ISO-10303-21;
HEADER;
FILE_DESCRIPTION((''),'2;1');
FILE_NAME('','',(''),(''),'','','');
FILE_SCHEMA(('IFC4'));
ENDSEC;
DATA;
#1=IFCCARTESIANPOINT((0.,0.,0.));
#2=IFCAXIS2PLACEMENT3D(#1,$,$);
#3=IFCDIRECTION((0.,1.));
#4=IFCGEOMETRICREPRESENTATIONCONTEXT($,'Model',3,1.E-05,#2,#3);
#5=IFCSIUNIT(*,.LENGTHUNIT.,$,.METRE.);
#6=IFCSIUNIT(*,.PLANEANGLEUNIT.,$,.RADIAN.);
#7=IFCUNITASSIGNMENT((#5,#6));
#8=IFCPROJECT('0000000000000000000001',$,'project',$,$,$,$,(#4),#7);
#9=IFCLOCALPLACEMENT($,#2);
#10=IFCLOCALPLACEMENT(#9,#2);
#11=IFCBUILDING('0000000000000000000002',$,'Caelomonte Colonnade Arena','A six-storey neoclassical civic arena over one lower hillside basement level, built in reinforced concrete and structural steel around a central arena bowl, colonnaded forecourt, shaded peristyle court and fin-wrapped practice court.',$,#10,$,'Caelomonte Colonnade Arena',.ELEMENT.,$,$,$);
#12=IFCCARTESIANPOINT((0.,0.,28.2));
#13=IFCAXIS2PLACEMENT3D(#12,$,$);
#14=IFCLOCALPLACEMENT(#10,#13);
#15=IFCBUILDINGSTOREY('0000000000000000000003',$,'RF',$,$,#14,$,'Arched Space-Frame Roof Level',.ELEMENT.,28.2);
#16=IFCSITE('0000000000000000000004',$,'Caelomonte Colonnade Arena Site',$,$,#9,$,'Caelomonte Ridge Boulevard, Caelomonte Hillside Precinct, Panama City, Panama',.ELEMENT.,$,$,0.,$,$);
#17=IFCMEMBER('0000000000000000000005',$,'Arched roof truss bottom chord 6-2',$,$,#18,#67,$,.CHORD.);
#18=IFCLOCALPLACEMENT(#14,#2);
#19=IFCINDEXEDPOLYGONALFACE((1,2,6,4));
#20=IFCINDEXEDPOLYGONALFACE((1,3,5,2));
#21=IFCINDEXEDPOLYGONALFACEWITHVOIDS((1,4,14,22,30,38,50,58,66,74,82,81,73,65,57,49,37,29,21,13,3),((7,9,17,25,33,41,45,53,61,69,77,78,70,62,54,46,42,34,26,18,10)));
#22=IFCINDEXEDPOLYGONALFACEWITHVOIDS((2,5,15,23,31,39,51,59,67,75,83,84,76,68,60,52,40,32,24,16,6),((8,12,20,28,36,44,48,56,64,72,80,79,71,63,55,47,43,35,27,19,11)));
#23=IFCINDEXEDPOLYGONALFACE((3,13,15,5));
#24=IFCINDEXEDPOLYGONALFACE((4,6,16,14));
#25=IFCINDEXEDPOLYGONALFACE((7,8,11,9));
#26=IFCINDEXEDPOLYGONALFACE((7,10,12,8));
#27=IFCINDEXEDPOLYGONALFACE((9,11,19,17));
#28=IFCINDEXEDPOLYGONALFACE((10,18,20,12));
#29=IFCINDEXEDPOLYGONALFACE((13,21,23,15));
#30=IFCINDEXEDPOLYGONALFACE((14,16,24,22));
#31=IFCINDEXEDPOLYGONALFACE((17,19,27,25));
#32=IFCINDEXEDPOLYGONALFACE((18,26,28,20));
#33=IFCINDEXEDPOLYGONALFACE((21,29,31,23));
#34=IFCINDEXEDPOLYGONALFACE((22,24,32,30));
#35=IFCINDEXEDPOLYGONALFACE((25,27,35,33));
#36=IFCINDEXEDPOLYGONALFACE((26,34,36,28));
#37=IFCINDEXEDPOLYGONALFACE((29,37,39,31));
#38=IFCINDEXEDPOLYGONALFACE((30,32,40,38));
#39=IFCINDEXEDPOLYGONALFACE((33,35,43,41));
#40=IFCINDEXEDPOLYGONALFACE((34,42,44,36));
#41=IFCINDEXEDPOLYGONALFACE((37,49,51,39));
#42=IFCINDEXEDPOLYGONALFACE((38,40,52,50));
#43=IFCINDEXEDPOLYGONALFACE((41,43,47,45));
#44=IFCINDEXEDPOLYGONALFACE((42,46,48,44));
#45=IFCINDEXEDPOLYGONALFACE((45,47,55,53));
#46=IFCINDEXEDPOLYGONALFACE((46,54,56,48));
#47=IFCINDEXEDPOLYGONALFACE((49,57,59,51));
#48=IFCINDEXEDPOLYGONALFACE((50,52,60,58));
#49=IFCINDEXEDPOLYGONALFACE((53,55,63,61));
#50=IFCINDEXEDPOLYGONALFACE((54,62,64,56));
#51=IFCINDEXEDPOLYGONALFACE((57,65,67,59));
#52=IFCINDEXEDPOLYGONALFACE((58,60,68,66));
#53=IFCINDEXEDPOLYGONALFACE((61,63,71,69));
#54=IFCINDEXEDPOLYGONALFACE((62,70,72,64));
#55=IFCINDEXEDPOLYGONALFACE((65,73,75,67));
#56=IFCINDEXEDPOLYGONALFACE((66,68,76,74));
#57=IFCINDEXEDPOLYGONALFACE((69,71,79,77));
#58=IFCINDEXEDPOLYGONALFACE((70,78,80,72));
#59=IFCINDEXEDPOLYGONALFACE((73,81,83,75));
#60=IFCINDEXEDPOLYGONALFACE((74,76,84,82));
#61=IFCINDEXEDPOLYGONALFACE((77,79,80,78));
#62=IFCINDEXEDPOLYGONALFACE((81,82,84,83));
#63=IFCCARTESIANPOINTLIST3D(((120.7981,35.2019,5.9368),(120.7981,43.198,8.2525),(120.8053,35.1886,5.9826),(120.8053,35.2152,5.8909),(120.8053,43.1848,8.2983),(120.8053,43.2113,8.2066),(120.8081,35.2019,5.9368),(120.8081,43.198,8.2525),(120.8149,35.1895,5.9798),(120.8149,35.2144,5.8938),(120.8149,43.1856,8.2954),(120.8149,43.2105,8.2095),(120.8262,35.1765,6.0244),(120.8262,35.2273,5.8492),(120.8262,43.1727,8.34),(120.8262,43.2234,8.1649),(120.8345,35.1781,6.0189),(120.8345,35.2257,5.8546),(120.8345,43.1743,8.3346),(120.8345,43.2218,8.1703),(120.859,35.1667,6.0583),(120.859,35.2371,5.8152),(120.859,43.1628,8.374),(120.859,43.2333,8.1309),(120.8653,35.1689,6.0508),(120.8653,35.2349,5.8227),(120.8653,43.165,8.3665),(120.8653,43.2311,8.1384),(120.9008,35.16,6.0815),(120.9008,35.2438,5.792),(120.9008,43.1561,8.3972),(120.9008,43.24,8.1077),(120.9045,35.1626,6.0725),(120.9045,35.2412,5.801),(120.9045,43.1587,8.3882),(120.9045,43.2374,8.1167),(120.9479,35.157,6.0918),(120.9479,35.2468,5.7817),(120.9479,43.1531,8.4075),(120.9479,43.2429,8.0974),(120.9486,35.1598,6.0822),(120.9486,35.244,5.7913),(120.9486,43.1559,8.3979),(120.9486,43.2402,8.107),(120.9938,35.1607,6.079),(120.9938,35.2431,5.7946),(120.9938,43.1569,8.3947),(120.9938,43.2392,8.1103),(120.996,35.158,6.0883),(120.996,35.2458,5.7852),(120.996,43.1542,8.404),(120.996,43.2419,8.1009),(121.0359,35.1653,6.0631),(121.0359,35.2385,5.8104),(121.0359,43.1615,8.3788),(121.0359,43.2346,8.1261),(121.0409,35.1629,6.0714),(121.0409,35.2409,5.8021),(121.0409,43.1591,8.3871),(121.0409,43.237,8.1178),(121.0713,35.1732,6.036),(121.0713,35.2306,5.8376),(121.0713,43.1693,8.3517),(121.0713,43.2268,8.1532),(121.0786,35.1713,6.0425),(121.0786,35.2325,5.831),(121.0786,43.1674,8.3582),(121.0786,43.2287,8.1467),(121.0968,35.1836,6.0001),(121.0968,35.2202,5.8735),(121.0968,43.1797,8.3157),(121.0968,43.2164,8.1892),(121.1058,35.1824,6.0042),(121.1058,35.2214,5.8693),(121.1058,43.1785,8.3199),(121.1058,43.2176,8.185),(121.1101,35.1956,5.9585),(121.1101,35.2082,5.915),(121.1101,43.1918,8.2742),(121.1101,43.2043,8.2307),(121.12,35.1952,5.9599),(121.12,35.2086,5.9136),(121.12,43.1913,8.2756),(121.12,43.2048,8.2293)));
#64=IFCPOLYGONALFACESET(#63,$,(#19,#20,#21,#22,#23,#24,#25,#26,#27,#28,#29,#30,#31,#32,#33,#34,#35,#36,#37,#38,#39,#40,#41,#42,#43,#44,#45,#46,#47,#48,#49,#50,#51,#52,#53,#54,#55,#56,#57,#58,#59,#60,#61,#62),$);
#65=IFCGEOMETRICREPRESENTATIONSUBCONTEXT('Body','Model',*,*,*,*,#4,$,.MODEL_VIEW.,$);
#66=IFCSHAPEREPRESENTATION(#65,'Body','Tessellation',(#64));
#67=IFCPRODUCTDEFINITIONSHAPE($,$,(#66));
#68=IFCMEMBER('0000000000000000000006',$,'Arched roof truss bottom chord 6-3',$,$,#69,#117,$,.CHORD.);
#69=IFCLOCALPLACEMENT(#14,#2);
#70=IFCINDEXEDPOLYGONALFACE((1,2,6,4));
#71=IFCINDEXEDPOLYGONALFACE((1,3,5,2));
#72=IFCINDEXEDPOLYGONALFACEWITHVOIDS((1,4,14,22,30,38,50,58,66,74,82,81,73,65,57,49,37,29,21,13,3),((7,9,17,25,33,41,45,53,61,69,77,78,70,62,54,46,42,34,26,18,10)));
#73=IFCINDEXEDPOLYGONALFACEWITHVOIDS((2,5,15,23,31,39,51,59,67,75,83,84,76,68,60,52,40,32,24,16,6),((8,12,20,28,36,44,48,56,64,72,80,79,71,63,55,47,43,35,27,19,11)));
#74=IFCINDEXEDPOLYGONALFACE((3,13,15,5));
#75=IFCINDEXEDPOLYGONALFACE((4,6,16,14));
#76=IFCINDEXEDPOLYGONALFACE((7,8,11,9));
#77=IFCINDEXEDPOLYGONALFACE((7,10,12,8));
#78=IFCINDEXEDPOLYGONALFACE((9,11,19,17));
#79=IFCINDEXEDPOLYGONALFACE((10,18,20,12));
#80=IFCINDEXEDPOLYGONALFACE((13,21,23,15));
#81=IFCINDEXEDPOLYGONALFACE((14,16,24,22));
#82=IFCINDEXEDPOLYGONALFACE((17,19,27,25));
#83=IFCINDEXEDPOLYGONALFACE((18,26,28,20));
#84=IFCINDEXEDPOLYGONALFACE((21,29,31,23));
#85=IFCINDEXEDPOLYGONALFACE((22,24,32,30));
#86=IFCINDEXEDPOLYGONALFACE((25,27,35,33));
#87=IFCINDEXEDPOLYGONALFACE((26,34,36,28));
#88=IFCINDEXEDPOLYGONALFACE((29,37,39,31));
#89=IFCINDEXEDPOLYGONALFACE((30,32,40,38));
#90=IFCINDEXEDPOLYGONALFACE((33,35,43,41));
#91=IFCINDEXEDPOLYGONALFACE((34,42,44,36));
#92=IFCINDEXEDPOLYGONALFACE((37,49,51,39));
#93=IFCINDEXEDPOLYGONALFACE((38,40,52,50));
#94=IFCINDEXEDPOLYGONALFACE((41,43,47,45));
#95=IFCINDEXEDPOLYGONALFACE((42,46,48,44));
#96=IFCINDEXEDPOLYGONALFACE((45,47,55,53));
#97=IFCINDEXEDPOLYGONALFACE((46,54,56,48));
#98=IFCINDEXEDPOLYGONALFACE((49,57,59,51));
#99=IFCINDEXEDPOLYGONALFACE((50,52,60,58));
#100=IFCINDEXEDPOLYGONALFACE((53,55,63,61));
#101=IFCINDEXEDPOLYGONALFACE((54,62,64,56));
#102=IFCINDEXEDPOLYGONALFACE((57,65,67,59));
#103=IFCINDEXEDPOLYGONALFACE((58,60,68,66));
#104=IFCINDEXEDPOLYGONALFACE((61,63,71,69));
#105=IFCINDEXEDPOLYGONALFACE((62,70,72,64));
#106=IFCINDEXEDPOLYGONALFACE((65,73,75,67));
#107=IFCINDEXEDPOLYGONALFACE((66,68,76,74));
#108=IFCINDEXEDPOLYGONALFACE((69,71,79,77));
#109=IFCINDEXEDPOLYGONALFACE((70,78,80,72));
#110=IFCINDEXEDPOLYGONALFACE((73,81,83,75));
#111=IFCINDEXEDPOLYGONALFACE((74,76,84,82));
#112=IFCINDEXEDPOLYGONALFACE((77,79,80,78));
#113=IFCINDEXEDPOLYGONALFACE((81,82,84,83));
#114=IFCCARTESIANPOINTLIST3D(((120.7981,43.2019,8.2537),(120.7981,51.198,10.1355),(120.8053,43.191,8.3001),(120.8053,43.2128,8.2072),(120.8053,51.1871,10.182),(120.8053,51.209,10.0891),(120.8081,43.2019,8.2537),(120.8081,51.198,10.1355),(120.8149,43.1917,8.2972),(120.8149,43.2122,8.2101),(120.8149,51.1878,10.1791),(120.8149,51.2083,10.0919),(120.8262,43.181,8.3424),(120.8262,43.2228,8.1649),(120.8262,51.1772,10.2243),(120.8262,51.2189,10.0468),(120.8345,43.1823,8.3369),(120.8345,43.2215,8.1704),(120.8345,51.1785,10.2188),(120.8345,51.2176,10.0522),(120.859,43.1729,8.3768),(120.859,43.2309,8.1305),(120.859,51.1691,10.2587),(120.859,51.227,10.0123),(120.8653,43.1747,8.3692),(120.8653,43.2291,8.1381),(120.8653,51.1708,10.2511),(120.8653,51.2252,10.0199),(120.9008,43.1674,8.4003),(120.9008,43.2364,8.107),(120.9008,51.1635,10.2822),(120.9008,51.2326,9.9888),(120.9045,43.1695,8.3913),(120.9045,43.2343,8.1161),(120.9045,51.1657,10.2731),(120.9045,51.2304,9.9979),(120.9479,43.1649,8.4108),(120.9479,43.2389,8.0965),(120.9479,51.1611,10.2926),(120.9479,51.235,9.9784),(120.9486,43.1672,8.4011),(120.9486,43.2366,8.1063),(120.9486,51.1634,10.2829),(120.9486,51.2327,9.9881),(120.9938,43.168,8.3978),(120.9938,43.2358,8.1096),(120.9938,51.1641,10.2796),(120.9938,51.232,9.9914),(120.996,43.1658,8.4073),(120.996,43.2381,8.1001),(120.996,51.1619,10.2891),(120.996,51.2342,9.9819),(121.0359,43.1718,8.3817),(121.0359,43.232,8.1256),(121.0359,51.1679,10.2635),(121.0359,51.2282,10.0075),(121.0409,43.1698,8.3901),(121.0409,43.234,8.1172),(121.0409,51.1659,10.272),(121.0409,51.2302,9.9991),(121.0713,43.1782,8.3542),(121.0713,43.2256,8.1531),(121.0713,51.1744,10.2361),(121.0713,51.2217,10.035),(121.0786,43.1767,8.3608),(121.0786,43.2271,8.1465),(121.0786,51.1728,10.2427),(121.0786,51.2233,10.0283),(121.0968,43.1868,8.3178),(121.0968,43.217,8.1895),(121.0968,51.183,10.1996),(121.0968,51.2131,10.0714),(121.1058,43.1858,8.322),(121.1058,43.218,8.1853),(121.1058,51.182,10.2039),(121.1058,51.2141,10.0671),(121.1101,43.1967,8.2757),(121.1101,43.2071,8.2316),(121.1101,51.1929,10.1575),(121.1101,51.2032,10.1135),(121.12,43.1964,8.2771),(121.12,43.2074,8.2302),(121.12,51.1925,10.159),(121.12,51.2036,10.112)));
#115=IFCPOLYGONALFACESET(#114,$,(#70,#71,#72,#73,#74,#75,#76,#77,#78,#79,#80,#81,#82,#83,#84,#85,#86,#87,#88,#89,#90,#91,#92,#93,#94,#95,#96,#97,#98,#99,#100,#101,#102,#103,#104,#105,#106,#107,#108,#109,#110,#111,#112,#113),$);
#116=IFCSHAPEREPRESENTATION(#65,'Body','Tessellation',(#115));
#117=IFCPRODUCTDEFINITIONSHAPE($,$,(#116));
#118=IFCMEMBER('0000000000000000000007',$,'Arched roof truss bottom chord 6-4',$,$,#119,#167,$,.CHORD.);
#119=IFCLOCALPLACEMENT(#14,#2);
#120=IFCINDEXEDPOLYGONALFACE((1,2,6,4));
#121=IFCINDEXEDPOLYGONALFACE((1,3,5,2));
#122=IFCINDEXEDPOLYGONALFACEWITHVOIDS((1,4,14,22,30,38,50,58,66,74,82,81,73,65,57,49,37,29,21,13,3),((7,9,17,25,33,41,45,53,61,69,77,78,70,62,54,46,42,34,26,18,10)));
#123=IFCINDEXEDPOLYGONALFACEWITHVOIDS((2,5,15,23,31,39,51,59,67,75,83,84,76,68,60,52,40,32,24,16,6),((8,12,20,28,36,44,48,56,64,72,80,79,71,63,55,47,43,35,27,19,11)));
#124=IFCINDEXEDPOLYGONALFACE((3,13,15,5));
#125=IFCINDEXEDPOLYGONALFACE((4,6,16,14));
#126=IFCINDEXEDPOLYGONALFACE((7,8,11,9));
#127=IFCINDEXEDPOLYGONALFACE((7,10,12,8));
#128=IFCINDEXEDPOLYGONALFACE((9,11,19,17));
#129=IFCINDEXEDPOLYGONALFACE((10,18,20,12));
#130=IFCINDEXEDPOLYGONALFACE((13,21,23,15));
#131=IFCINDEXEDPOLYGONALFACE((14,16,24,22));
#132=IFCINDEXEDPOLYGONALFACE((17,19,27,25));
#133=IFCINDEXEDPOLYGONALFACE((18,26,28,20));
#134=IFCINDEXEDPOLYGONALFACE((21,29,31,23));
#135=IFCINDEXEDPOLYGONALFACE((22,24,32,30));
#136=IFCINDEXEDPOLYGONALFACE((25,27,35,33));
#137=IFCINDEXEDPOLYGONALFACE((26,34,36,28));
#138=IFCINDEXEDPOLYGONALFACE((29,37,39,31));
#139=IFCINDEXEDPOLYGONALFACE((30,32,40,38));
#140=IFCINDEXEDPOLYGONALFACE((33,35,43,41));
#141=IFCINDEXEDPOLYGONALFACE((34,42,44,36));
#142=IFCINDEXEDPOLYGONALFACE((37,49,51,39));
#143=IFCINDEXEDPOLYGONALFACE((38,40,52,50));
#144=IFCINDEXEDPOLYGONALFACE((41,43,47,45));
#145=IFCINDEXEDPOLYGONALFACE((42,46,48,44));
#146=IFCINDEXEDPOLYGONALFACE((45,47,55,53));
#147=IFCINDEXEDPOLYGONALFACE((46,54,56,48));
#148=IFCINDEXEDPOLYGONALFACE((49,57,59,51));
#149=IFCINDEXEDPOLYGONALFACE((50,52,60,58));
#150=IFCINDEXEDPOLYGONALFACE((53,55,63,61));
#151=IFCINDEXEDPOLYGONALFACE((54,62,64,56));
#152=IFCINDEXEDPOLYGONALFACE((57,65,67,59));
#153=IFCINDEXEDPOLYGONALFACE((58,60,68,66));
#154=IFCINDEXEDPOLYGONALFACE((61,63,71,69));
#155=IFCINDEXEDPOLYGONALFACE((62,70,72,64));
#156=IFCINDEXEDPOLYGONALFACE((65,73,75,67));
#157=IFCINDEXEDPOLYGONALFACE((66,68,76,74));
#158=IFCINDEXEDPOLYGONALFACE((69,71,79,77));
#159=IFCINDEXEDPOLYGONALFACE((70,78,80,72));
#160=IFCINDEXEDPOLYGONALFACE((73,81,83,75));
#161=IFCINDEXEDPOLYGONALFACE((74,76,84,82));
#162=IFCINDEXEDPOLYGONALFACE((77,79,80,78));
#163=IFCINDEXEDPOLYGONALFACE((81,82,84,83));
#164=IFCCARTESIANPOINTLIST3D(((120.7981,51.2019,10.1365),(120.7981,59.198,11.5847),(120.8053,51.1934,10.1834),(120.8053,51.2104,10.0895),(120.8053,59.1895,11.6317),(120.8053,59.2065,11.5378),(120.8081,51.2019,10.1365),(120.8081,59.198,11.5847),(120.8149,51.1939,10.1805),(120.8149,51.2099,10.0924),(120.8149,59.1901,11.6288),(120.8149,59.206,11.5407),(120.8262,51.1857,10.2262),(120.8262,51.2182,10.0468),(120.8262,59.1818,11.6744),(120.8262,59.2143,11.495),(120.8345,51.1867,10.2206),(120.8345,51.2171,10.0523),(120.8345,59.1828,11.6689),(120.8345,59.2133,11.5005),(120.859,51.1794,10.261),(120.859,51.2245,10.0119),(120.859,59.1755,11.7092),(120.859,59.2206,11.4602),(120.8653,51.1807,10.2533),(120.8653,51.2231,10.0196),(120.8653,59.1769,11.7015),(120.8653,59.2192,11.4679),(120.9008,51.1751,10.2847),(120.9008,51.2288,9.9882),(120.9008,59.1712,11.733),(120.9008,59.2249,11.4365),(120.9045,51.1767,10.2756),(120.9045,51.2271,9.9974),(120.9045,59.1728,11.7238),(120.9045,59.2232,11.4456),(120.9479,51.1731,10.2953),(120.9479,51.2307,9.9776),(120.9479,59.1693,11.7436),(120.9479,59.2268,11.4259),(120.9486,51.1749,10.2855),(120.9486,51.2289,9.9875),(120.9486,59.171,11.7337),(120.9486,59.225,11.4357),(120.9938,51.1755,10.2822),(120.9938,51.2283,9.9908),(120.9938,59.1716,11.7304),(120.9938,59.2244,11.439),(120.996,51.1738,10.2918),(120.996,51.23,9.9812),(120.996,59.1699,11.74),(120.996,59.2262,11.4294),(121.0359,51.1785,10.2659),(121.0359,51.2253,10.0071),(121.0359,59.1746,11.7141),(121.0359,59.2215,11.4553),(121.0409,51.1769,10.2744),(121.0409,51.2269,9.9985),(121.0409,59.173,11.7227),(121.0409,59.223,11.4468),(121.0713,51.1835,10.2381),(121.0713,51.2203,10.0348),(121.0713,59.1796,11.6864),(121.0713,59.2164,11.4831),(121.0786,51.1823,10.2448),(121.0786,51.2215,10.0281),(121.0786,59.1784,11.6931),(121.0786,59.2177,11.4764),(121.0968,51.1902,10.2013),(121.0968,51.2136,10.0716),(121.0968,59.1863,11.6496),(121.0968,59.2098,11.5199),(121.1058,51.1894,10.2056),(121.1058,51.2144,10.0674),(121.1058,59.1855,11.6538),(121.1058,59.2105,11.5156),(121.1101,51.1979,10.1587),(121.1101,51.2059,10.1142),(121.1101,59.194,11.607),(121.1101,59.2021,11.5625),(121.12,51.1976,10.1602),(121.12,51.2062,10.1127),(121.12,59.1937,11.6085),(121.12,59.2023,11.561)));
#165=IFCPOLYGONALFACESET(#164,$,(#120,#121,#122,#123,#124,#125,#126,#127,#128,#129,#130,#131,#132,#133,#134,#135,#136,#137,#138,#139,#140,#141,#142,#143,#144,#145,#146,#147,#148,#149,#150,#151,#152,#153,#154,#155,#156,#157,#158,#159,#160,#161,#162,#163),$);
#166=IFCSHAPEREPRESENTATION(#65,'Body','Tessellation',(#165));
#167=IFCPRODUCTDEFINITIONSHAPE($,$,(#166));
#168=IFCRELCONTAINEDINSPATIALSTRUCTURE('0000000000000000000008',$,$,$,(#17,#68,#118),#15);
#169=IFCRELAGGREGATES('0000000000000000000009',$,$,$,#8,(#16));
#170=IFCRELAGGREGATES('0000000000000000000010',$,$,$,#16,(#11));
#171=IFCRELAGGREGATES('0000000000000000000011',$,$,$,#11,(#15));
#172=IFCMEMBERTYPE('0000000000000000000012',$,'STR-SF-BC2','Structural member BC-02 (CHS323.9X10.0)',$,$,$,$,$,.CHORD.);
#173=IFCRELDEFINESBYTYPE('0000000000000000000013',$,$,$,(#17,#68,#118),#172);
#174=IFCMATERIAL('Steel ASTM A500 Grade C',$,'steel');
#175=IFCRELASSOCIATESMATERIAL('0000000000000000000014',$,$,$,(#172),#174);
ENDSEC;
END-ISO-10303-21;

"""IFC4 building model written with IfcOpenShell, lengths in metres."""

from ifc_helpers import new_model, si_unit, direction, frame, origin, origin_2d, place, context, subcontext, project, spatial, hollow_circle, extrude, material, material_profile, profile_set, type_object, element, save


model = new_model("IFC4")

# Units and contexts
model_context = context("Model", 3, precision=1e-05, world=origin(), true_north=direction((0.0, 1.0)))
body_context = subcontext(model_context, "Body", "Model", "MODEL_VIEW")
ifc_project = project(units=[si_unit("LENGTHUNIT", "METRE"), si_unit("PLANEANGLEUNIT", "RADIAN")], contexts=[model_context])

# Site, building, storey
site_placement = place(None, origin())
site = spatial("IfcSite", under=ifc_project, at=site_placement, Name="Caelomonte Colonnade Arena Site", LongName="Caelomonte Ridge Boulevard, Caelomonte Hillside Precinct, Panama City, Panama", CompositionType="ELEMENT", RefElevation=0.0)
building_placement = place(site_placement, origin())
building = spatial("IfcBuilding", under=site, at=building_placement, Name="Caelomonte Colonnade Arena", Description="A six-storey neoclassical civic arena over one lower hillside basement level, built in reinforced concrete and structural steel around a central arena bowl, colonnaded forecourt, shaded peristyle court and fin-wrapped practice court.", LongName="Caelomonte Colonnade Arena", CompositionType="ELEMENT")
storey_placement = place(building_placement, frame((0.0, 0.0, 28.2)))
storey = spatial("IfcBuildingStorey", under=building, at=storey_placement, Name="RF", LongName="Arched Space-Frame Roof Level", CompositionType="ELEMENT", Elevation=28.2)

# Members
ifc_material_1 = material(Name="Steel ASTM A500 Grade C", Category="steel")
ifc_material_profile_1 = material_profile(ifc_material_1, hollow_circle(Radius=0.1619, WallThickness=0.01, at=origin_2d()), Name="CHS323.9X10.0")
ifc_profile_set_1 = profile_set([ifc_material_profile_1], Name="Steel ASTM A500 Grade C")
member_type_1 = type_object("IfcMemberType", Name="STR-SF-BC2", Description="Structural member BC-02 (CHS323.9X10.0)", PredefinedType="CHORD", material=ifc_profile_set_1)
member_1_placement = place(storey_placement, frame((120.96, 35.2019, 5.9368), z_axis=(0.0, 0.960532, 0.278171), x_axis=(-1.0, 0.0, 0.0)))
element("IfcMember", 1, at=member_1_placement, inside=storey, type_object=member_type_1, Name="Arched roof truss bottom chord 6-2", PredefinedType="CHORD", context=body_context, shape_type="SweptSolid", body=[
    extrude(hollow_circle(Radius=0.1619, WallThickness=0.01, at=origin_2d()), origin(), (0.0, 0.0, 1.0), 8.3247),
])
member_2_placement = place(storey_placement, frame((120.96, 43.2019, 8.2537), z_axis=(0.0, 0.973406, 0.229086), x_axis=(-1.0, 0.0, 0.0)))
element("IfcMember", 2, at=member_2_placement, inside=storey, type_object=member_type_1, Name="Arched roof truss bottom chord 6-3", PredefinedType="CHORD", context=body_context, shape_type="SweptSolid", body=[
    extrude(hollow_circle(Radius=0.1619, WallThickness=0.01, at=origin_2d()), origin(), (0.0, 0.0, 1.0), 8.2146),
])
member_3_placement = place(storey_placement, frame((120.96, 51.2019, 10.1365), z_axis=(0.0, 0.983991, 0.178219), x_axis=(-1.0, 0.0, 0.0)))
element("IfcMember", 3, at=member_3_placement, inside=storey, type_object=member_type_1, Name="Arched roof truss bottom chord 6-4", PredefinedType="CHORD", context=body_context, shape_type="SweptSolid", body=[
    extrude(hollow_circle(Radius=0.1619, WallThickness=0.01, at=origin_2d()), origin(), (0.0, 0.0, 1.0), 8.1262),
])

save(model, "model.ifc")
